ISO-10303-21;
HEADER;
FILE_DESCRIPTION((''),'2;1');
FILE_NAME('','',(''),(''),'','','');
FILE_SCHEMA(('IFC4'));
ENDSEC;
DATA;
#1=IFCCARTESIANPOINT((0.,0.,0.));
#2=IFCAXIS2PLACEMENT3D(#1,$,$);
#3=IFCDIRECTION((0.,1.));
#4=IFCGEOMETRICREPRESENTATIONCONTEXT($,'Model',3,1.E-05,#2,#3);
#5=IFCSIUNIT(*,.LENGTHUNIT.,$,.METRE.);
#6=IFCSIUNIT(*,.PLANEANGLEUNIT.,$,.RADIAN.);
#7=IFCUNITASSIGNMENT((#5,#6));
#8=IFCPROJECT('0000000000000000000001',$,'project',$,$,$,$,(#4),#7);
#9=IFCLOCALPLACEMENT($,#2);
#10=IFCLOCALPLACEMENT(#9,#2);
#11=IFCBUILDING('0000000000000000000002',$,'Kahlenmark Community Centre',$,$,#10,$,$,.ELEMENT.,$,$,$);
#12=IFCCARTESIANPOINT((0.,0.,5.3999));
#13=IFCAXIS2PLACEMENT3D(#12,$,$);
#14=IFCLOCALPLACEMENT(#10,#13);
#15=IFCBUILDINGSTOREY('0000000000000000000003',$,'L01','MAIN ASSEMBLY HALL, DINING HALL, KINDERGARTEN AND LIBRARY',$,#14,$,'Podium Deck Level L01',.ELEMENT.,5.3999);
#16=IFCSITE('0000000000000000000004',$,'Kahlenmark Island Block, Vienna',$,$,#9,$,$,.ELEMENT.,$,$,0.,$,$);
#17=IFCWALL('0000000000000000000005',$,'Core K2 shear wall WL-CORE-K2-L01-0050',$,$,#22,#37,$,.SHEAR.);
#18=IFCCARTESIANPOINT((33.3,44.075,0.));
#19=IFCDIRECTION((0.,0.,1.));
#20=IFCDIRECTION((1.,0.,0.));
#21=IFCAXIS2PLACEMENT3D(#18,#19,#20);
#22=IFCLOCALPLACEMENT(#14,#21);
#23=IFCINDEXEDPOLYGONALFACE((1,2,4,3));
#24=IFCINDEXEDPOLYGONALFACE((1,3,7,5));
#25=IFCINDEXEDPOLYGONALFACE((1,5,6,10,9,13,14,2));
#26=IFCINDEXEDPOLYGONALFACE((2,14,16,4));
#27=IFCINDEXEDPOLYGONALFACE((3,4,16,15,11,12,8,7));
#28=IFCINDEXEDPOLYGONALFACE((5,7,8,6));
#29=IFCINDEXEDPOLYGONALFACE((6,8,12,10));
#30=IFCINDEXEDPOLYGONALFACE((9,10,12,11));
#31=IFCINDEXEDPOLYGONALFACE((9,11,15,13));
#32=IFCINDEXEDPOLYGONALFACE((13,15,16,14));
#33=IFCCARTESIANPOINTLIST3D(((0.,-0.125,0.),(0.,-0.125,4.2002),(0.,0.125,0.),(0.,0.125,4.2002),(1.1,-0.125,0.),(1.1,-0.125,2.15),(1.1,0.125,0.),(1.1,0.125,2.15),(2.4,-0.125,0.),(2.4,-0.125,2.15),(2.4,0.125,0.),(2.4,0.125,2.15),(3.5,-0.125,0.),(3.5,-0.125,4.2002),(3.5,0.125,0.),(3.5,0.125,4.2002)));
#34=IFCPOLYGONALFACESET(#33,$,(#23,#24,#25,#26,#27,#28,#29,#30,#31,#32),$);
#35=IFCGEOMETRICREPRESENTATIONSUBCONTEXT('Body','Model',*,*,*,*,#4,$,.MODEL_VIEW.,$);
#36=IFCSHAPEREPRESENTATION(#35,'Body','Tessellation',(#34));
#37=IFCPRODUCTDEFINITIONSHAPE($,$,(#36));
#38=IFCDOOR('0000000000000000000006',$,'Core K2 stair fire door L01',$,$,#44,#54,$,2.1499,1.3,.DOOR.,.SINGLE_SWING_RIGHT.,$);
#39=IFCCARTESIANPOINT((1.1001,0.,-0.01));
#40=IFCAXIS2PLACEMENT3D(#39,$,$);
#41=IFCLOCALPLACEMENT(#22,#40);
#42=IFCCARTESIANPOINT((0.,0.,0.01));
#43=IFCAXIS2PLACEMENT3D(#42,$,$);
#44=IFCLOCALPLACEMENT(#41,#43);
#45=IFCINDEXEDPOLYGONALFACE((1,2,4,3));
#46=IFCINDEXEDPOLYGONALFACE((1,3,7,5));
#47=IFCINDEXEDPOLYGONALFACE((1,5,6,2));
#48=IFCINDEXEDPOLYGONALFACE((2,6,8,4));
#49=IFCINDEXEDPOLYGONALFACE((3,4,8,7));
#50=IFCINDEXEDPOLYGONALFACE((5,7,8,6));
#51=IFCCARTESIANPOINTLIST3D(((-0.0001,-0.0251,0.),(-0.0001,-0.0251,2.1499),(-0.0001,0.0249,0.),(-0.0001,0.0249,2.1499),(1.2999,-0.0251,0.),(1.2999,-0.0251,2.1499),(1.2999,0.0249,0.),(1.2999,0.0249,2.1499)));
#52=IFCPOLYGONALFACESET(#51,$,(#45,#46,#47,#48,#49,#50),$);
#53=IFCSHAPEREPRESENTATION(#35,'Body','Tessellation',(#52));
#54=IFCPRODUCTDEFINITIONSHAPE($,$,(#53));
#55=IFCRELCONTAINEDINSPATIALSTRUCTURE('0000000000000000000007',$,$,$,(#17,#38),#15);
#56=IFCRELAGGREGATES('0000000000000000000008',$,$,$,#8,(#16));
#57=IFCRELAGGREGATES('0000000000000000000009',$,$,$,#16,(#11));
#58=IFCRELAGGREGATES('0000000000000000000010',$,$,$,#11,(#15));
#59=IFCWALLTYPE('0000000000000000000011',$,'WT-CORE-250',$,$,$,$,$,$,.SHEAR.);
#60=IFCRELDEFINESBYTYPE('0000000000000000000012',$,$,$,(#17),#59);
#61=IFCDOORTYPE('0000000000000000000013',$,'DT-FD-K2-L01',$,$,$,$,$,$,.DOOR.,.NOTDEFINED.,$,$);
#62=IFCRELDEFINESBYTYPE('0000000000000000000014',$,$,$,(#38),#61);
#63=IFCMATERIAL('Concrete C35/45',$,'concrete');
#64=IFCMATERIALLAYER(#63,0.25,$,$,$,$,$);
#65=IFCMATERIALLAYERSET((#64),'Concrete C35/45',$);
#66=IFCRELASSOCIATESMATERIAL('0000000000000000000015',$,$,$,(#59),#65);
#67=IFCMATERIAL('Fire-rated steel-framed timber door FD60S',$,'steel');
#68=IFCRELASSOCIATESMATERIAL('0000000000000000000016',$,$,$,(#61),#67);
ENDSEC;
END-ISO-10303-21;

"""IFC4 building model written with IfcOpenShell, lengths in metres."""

from ifc_helpers import new_model, si_unit, direction, frame, frame_2d, origin, place, context, subcontext, project, spatial, rectangle, extrude, material, layer, layer_set, type_object, element, fill, save


model = new_model("IFC4")

# Units and contexts
model_context = context("Model", 3, precision=1e-05, world=origin(), true_north=direction((0.0, 1.0)))
body_context = subcontext(model_context, "Body", "Model", "MODEL_VIEW")
ifc_project = project(units=[si_unit("LENGTHUNIT", "METRE"), si_unit("PLANEANGLEUNIT", "RADIAN")], contexts=[model_context])

# Site, building, storey
site_placement = place(None, origin())
site = spatial("IfcSite", under=ifc_project, at=site_placement, Name="Kahlenmark Island Block, Vienna", CompositionType="ELEMENT", RefElevation=0.0)
building_placement = place(site_placement, origin())
building = spatial("IfcBuilding", under=site, at=building_placement, Name="Kahlenmark Community Centre", CompositionType="ELEMENT")
storey_placement = place(building_placement, frame((0.0, 0.0, 5.3999)))
storey = spatial("IfcBuildingStorey", under=building, at=storey_placement, Name="L01", Description="MAIN ASSEMBLY HALL, DINING HALL, KINDERGARTEN AND LIBRARY", LongName="Podium Deck Level L01", CompositionType="ELEMENT", Elevation=5.3999)

# Wall, opening, door
ifc_material_1 = material(Name="Concrete C35/45", Category="concrete")
ifc_layer_1 = layer(ifc_material_1, 0.25)
ifc_layer_set_1 = layer_set([ifc_layer_1], Name="Concrete C35/45")
wall_type_1 = type_object("IfcWallType", Name="WT-CORE-250", PredefinedType="SHEAR", material=ifc_layer_set_1)
wall_1_placement = place(storey_placement, frame((33.3, 44.075, 0.0), z_axis=(0.0, 0.0, 1.0), x_axis=(1.0, 0.0, 0.0)))
wall_1 = element("IfcWall", 1, at=wall_1_placement, inside=storey, type_object=wall_type_1, Name="Core K2 shear wall WL-CORE-K2-L01-0050", PredefinedType="SHEAR", context=body_context, shape_type="SweptSolid", body=[
    extrude(rectangle(XDim=3.5, YDim=0.25, at=frame_2d((1.75, 0.0))), origin(), (0.0, 0.0, 1.0), 4.2002),
])
opening_placement = place(wall_1_placement, frame((1.1001, 0.0, -0.01)))
opening = element("IfcOpeningElement", 2, at=opening_placement, cuts=wall_1, PredefinedType="OPENING", context=body_context, shape_type="SweptSolid", body=[
    extrude(rectangle(XDim=1.3, YDim=2.1599, at=frame_2d((0.6499, 1.0801))), frame((0.0, 0.135, 0.0), z_axis=(0.0, -1.0, 0.0), x_axis=(1.0, 0.0, 0.0)), (0.0, 0.0, 1.0), 0.27),
])
ifc_material_2 = material(Name="Fire-rated steel-framed timber door FD60S", Category="steel")
door_type = type_object("IfcDoorType", Name="DT-FD-K2-L01", OperationType="NOTDEFINED", PredefinedType="DOOR", material=ifc_material_2)
door_placement = place(opening_placement, frame((0.0, 0.0, 0.01)))
door = element("IfcDoor", 3, at=door_placement, inside=storey, type_object=door_type, Name="Core K2 stair fire door L01", OperationType="SINGLE_SWING_RIGHT", OverallHeight=2.1499, OverallWidth=1.3, PredefinedType="DOOR", context=body_context, shape_type="SweptSolid", body=[
    extrude(rectangle(XDim=1.3, YDim=2.1499, at=frame_2d((0.6499, 1.075))), frame((0.0, 0.0249, 0.0), z_axis=(0.0, -1.0, 0.0), x_axis=(1.0, 0.0, 0.0)), (0.0, 0.0, 1.0), 0.05),
])
fill(opening, door)

save(model, "model.ifc")
